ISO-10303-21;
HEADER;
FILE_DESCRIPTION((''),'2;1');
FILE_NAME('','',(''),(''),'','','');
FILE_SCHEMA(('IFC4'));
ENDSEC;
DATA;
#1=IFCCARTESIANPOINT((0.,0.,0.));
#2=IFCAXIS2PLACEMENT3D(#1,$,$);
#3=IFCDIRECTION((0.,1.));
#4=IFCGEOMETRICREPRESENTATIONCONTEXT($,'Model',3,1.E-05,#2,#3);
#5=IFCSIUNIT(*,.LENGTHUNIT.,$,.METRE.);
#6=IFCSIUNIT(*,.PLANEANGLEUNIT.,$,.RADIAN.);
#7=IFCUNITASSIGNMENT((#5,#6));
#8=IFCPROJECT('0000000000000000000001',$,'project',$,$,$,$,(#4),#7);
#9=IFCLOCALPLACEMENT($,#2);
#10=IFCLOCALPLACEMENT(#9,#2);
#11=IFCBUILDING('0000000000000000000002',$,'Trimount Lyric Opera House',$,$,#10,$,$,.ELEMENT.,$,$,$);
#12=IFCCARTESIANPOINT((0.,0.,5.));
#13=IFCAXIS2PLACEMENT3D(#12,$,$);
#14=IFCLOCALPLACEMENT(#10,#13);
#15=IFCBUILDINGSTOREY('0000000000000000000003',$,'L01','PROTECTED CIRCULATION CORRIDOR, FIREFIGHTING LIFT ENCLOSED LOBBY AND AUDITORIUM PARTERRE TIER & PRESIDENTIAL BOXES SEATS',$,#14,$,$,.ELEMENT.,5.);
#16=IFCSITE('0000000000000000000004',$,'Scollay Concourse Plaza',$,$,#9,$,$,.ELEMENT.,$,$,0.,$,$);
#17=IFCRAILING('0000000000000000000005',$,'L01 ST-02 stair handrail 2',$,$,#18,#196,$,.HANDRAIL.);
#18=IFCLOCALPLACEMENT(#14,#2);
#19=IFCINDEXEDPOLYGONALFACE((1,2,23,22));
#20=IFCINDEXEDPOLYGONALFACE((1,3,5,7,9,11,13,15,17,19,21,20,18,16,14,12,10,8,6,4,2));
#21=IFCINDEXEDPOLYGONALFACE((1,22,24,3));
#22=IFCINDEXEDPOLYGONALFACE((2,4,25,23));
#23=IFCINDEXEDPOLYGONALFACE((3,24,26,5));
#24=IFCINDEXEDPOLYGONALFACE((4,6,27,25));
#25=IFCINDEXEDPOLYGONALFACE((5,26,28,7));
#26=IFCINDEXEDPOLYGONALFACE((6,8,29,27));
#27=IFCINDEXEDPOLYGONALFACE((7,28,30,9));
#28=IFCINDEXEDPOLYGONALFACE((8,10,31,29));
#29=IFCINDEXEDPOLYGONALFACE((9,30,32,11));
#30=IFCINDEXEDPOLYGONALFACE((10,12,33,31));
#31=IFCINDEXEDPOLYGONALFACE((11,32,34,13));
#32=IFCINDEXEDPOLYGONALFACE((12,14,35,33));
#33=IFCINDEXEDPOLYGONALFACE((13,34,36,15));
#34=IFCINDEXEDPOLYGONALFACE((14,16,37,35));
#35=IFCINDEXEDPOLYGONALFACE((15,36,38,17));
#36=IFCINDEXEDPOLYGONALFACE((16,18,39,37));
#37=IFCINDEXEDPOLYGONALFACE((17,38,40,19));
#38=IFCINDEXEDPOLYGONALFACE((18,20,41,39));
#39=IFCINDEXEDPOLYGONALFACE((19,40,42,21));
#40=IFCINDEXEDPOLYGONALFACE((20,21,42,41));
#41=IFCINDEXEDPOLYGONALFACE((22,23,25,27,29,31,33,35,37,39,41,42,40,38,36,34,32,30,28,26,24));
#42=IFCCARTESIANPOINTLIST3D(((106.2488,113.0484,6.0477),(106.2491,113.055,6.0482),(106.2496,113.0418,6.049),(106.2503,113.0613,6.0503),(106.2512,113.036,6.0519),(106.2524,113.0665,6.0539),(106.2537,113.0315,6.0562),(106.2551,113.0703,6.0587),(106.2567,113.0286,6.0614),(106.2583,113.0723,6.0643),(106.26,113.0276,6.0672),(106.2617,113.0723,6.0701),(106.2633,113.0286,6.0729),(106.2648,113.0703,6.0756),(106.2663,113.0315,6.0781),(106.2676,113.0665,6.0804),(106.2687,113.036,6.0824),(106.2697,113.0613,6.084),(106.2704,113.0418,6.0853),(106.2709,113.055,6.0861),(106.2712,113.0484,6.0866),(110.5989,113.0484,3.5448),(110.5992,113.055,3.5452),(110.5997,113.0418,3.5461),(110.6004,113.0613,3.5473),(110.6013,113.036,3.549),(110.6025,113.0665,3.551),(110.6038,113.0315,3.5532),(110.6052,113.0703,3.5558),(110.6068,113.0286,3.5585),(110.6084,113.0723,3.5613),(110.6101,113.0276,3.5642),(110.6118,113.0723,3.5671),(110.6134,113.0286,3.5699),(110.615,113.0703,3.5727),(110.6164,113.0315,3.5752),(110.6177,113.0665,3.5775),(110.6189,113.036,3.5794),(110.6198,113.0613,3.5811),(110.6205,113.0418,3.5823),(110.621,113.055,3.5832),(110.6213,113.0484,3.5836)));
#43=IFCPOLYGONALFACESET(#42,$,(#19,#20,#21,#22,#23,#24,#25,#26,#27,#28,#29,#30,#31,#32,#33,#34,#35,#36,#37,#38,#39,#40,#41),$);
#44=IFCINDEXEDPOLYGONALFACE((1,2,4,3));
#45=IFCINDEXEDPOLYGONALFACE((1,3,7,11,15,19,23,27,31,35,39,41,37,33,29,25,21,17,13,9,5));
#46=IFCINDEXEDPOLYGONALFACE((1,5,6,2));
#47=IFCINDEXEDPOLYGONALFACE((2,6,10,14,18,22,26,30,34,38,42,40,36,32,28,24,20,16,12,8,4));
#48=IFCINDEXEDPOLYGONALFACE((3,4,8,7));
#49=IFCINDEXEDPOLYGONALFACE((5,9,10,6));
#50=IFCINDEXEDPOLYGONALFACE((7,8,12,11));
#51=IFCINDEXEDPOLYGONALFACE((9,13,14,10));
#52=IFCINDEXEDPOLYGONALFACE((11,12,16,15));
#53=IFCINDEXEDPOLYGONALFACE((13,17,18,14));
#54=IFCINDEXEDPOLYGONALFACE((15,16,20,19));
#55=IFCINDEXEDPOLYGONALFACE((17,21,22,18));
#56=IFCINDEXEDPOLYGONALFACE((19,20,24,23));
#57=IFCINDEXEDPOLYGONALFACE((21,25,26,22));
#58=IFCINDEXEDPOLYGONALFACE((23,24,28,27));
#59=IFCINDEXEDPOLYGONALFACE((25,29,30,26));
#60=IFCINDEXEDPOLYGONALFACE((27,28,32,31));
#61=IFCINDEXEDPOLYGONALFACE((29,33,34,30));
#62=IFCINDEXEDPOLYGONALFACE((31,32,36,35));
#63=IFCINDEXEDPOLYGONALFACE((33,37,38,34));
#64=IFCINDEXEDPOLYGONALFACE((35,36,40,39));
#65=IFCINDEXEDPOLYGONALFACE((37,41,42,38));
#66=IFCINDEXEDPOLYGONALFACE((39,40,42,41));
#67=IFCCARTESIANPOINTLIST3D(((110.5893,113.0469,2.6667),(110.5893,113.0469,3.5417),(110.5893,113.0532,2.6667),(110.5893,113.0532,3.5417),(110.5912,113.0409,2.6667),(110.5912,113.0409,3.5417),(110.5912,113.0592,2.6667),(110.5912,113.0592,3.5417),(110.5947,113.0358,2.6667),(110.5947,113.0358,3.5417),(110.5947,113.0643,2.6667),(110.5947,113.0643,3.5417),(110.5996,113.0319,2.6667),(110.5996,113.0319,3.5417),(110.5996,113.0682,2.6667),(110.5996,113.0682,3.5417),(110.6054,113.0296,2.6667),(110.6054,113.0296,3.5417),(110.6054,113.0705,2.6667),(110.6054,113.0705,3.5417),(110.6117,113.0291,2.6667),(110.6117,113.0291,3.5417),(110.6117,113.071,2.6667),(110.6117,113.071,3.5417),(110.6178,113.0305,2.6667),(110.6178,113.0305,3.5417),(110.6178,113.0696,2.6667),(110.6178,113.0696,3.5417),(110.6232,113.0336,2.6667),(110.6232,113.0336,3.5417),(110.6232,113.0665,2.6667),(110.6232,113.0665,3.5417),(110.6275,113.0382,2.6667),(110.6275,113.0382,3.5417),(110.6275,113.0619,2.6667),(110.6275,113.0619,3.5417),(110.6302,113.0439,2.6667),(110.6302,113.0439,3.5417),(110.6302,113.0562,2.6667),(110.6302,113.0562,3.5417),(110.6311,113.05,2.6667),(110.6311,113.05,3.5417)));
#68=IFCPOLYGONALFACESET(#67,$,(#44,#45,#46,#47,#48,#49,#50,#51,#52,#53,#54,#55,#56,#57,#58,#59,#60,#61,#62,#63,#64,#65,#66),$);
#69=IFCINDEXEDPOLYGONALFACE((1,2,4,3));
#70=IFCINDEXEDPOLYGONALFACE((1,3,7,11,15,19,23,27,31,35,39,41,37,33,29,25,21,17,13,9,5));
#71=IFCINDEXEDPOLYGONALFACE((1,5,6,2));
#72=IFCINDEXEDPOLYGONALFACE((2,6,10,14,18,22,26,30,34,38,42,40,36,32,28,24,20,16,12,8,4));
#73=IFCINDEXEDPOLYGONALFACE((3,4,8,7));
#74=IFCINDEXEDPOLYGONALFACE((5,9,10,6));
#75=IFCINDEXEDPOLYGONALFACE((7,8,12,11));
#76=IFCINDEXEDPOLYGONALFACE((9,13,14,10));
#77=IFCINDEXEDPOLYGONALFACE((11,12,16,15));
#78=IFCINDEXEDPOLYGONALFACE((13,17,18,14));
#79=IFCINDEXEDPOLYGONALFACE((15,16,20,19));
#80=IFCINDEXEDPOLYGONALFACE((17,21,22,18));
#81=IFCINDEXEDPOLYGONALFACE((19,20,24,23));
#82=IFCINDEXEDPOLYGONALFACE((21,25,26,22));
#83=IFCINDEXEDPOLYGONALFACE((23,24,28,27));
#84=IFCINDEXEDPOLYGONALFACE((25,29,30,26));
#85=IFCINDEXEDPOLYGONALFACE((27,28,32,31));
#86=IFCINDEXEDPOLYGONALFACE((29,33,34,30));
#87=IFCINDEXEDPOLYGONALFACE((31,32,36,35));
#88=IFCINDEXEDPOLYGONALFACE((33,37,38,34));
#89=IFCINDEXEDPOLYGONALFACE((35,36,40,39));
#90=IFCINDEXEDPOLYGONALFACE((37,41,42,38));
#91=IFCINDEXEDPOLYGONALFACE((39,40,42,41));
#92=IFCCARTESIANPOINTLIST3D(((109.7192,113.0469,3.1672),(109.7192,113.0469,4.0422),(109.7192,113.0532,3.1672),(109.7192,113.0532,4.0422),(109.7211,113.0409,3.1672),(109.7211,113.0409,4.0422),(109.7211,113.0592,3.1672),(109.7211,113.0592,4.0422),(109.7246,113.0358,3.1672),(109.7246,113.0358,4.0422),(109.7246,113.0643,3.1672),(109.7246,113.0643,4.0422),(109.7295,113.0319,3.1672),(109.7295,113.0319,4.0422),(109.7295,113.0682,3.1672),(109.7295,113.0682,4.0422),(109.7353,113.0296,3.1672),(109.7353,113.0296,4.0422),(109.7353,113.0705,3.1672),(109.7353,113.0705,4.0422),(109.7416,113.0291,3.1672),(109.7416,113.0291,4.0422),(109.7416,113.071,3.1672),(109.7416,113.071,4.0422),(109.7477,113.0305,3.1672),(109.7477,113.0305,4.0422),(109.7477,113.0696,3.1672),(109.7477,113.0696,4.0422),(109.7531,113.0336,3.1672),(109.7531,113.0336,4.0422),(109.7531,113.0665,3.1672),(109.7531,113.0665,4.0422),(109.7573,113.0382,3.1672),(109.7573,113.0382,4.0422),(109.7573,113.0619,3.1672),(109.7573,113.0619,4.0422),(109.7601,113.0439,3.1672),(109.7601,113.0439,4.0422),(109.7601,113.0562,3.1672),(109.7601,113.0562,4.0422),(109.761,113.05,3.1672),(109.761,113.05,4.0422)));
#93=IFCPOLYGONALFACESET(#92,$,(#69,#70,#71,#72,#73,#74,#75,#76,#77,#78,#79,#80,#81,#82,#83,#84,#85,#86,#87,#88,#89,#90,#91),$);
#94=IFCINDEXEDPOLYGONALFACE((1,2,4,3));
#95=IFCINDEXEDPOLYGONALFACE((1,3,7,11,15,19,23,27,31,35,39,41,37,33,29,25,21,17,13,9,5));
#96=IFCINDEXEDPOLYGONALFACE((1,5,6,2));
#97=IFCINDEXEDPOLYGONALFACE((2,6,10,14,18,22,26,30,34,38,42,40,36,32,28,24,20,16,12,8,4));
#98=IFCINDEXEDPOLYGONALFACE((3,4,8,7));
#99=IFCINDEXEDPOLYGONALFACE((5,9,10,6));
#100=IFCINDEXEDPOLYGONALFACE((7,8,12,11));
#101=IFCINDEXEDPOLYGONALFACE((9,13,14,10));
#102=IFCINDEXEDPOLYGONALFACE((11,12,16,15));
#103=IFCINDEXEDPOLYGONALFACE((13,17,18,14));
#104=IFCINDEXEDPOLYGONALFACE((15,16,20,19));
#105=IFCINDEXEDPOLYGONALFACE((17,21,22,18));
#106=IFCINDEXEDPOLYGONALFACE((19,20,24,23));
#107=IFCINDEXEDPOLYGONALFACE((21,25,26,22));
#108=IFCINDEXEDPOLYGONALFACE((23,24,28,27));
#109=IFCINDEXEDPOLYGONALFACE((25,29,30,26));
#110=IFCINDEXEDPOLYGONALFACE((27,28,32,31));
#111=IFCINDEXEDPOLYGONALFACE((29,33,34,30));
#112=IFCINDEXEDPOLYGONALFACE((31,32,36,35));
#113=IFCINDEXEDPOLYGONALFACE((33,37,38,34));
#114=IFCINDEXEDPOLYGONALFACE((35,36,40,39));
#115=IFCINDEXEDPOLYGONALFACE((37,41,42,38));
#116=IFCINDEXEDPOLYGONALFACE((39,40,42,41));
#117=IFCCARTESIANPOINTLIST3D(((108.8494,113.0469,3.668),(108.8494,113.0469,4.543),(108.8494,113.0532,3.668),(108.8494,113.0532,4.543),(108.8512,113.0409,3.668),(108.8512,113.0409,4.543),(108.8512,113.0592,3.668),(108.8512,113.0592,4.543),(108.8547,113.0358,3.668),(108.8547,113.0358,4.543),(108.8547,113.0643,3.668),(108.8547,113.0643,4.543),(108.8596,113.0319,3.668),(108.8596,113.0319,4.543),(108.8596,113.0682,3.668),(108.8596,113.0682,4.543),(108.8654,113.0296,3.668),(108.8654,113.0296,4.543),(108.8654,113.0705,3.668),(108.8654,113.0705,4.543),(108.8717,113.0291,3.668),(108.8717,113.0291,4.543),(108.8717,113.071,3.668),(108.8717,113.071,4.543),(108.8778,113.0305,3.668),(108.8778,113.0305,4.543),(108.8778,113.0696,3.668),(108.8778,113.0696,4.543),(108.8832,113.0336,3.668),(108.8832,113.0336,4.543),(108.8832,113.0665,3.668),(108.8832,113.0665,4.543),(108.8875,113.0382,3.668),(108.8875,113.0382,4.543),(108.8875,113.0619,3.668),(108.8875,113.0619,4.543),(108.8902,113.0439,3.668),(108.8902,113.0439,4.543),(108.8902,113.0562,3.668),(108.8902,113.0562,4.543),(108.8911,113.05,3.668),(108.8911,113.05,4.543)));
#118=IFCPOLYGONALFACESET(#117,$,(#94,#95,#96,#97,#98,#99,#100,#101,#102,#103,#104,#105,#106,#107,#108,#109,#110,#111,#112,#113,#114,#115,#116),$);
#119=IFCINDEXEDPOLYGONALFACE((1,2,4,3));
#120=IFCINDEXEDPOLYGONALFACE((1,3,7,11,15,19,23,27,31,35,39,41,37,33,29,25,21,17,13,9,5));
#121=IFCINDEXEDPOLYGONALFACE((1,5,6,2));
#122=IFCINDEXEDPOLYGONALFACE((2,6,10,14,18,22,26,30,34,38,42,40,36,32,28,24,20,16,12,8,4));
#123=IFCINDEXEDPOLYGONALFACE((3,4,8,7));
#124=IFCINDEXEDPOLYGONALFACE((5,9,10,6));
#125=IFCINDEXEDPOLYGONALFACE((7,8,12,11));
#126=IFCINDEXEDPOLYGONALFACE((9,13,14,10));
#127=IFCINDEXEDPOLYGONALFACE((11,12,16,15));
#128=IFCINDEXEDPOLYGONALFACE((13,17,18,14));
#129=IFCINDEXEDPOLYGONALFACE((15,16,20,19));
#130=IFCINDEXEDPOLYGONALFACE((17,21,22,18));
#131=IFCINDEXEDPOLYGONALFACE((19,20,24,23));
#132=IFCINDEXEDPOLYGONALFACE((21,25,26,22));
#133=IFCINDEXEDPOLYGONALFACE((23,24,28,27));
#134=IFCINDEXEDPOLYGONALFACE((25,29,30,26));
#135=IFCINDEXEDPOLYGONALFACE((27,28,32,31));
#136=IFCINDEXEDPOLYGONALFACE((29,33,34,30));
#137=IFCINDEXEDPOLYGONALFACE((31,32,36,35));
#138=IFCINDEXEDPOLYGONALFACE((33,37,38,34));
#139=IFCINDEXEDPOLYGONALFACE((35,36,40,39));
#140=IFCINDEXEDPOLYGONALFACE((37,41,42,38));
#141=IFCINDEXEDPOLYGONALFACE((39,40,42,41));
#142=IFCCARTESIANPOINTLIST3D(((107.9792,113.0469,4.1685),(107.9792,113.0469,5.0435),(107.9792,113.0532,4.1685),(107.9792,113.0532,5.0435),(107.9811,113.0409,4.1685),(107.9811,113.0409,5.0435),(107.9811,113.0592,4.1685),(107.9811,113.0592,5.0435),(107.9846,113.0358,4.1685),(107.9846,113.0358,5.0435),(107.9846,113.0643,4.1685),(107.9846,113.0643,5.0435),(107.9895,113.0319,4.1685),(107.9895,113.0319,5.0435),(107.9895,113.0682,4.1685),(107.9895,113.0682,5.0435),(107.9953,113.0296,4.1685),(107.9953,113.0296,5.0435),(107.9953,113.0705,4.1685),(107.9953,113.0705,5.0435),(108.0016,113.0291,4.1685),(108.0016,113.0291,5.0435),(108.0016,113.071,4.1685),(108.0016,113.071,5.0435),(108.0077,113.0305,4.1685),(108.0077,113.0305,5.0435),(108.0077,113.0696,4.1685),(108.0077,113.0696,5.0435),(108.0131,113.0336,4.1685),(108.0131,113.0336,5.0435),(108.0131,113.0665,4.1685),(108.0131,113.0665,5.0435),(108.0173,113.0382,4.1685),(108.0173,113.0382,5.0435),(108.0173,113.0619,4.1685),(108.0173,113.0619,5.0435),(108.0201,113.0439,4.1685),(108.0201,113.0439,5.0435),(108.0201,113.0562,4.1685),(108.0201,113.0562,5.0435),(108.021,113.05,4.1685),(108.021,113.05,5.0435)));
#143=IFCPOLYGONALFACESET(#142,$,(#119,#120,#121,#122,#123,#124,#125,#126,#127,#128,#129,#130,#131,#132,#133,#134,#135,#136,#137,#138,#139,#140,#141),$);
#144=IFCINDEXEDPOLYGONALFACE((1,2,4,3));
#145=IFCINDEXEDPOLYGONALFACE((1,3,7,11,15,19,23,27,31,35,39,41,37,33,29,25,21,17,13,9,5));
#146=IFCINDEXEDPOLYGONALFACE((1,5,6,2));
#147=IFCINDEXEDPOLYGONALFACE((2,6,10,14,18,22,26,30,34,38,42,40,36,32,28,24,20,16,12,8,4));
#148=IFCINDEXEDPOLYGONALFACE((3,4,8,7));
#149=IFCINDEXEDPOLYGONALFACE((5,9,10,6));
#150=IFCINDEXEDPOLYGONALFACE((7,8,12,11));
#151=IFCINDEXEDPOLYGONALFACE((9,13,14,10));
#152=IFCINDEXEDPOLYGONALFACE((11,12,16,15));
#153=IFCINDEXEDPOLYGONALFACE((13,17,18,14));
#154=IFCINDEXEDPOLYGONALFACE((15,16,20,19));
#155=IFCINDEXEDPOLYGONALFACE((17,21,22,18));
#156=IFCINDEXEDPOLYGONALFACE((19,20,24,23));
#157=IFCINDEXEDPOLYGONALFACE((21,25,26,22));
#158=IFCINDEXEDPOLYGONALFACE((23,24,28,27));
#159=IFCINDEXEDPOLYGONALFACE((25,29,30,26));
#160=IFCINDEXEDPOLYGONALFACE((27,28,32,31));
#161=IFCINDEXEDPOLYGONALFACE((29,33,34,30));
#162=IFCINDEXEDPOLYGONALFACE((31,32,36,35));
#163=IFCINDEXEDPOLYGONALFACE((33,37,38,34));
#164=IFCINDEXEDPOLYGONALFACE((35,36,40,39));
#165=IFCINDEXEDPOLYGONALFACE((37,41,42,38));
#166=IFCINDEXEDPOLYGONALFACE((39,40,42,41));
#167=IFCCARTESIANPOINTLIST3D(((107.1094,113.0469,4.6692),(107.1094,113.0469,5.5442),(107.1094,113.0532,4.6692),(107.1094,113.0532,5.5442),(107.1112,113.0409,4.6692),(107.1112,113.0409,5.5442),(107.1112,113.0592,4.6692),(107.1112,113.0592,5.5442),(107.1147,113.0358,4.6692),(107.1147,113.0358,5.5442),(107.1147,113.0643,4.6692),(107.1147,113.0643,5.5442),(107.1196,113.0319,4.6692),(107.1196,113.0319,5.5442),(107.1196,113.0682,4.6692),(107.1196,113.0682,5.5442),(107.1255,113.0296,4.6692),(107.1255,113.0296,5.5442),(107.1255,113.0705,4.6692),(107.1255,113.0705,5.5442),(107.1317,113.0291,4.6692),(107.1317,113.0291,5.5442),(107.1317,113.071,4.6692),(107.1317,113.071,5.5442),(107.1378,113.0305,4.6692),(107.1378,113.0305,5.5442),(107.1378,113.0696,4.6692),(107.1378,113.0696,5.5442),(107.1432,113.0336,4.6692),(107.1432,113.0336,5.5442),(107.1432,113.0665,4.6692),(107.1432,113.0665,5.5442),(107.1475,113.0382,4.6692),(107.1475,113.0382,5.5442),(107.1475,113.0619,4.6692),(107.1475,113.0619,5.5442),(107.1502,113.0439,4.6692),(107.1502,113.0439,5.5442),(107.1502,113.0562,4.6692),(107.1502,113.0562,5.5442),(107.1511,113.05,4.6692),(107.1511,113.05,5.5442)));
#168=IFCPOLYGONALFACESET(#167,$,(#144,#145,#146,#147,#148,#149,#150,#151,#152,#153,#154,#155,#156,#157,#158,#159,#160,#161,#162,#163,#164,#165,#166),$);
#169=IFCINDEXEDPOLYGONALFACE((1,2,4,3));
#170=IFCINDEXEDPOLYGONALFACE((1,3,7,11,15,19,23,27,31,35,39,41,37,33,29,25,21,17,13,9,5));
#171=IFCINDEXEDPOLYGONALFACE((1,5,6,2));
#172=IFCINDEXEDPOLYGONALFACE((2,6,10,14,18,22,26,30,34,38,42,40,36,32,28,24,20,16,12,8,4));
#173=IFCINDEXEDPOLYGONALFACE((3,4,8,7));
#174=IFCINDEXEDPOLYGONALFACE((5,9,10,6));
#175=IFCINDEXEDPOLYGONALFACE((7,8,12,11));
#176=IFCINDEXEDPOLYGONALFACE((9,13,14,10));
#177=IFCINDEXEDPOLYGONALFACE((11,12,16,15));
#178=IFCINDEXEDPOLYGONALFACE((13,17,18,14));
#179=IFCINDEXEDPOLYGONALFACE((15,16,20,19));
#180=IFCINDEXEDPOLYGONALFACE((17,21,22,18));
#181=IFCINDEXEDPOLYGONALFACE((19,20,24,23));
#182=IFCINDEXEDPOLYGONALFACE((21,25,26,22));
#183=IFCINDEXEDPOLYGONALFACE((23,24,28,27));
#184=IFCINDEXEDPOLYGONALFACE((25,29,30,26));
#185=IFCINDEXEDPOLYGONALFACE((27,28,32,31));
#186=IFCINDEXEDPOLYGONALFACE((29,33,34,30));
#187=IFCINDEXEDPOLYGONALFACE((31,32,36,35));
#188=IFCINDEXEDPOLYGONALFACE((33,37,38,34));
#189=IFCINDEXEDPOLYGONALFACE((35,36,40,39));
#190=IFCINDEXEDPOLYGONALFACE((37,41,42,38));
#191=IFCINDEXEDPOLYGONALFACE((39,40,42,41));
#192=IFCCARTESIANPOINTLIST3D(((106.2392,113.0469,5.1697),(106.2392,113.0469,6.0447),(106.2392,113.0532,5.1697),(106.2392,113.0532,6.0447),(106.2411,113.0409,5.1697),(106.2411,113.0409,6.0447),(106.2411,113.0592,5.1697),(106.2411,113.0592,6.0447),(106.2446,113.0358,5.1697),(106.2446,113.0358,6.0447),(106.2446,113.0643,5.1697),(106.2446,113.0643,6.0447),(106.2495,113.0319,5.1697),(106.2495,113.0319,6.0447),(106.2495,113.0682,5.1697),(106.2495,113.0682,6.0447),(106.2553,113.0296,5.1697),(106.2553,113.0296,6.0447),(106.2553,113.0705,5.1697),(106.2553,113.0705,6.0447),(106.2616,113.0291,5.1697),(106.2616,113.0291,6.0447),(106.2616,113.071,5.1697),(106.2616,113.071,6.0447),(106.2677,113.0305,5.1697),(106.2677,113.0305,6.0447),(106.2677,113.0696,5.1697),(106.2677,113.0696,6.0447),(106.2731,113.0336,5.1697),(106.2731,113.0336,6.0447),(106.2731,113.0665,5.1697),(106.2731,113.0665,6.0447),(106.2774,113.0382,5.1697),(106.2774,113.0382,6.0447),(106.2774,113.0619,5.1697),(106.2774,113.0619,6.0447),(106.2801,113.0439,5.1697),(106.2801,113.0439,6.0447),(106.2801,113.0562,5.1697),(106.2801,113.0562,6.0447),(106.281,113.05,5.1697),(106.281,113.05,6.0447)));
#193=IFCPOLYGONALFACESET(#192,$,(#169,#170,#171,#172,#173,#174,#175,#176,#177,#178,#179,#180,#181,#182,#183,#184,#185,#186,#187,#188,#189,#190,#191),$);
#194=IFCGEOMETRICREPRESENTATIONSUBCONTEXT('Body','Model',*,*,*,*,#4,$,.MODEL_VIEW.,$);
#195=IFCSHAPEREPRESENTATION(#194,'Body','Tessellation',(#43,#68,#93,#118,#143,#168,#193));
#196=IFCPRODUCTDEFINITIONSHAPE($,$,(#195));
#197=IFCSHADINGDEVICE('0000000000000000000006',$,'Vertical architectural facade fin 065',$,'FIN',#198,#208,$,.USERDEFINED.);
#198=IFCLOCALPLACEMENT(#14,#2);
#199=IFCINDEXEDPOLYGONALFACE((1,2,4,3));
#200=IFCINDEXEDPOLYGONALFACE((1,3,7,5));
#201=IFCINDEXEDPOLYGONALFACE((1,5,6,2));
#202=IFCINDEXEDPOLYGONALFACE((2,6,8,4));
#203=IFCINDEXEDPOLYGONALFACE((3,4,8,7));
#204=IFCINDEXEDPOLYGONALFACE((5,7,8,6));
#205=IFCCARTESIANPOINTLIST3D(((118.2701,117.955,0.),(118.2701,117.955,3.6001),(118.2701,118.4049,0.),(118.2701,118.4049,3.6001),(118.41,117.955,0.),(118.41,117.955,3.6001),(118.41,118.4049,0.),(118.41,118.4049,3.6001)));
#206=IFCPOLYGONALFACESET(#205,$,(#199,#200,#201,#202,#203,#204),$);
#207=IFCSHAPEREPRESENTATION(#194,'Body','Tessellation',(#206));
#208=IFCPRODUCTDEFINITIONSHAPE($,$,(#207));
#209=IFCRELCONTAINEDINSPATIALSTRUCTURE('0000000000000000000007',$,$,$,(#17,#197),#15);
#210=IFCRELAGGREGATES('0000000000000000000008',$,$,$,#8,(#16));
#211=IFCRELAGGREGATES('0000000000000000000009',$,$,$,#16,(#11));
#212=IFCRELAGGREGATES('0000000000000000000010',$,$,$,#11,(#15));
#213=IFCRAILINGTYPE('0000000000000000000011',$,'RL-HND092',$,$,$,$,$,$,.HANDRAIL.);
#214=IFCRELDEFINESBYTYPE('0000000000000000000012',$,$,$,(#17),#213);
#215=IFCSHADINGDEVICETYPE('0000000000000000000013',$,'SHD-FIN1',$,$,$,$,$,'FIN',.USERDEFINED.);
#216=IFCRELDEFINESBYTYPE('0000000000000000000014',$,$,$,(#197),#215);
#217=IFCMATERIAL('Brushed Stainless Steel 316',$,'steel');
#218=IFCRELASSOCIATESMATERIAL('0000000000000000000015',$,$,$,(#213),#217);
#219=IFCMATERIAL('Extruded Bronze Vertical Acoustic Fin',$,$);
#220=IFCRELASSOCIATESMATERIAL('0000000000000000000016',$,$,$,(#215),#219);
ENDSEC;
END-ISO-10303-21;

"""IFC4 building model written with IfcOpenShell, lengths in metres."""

from ifc_helpers import new_model, si_unit, direction, frame, origin, origin_2d, place, context, subcontext, project, spatial, rectangle, circle, extrude, material, type_object, element, save


model = new_model("IFC4")

# Units and contexts
model_context = context("Model", 3, precision=1e-05, world=origin(), true_north=direction((0.0, 1.0)))
body_context = subcontext(model_context, "Body", "Model", "MODEL_VIEW")
ifc_project = project(units=[si_unit("LENGTHUNIT", "METRE"), si_unit("PLANEANGLEUNIT", "RADIAN")], contexts=[model_context])

# Site, building, storey
site_placement = place(None, origin())
site = spatial("IfcSite", under=ifc_project, at=site_placement, Name="Scollay Concourse Plaza", CompositionType="ELEMENT", RefElevation=0.0)
building_placement = place(site_placement, origin())
building = spatial("IfcBuilding", under=site, at=building_placement, Name="Trimount Lyric Opera House", CompositionType="ELEMENT")
storey_placement = place(building_placement, frame((0.0, 0.0, 5.0)))
storey = spatial("IfcBuildingStorey", under=building, at=storey_placement, Name="L01", Description="PROTECTED CIRCULATION CORRIDOR, FIREFIGHTING LIFT ENCLOSED LOBBY AND AUDITORIUM PARTERRE TIER & PRESIDENTIAL BOXES SEATS", CompositionType="ELEMENT", Elevation=5.0)

# Railing
ifc_material_1 = material(Name="Brushed Stainless Steel 316", Category="steel")
railing_type_1 = type_object("IfcRailingType", Name="RL-HND092", PredefinedType="HANDRAIL", material=ifc_material_1)
railing_1_placement = place(storey_placement, frame((110.6101, 113.05, 2.6667)))
element("IfcRailing", 1, at=railing_1_placement, inside=storey, type_object=railing_type_1, Name="L01 ST-02 stair handrail 2", PredefinedType="HANDRAIL", context=body_context, shape_type="SweptSolid", body=[
    extrude(circle(Radius=0.0225, at=origin_2d()), frame((0.0, 0.0, 0.8975), z_axis=(-0.866766, 0.0, 0.498714), x_axis=(0.0, -1.0, 0.0)), (0.0, 0.0, 1.0), 5.0188),
    extrude(circle(Radius=0.021, at=origin_2d()), origin(), (0.0, 0.0, 1.0), 0.875),
    extrude(circle(Radius=0.021, at=origin_2d()), frame((-0.8701, 0.0, 0.5005)), (0.0, 0.0, 1.0), 0.875),
    extrude(circle(Radius=0.021, at=origin_2d()), frame((-1.74, 0.0, 1.0012)), (0.0, 0.0, 1.0), 0.875),
    extrude(circle(Radius=0.021, at=origin_2d()), frame((-2.6101, 0.0, 1.5017)), (0.0, 0.0, 1.0), 0.875),
    extrude(circle(Radius=0.021, at=origin_2d()), frame((-3.48, 0.0, 2.0024)), (0.0, 0.0, 1.0), 0.875),
    extrude(circle(Radius=0.021, at=origin_2d()), frame((-4.3501, 0.0, 2.5029)), (0.0, 0.0, 1.0), 0.875),
])

# Shading device
ifc_material_2 = material(Name="Extruded Bronze Vertical Acoustic Fin")
shading_device_type = type_object("IfcShadingDeviceType", Name="SHD-FIN1", ElementType="FIN", PredefinedType="USERDEFINED", material=ifc_material_2)
shading_device_placement = place(storey_placement, frame((118.3401, 118.1799, 0.0), z_axis=(0.0, 0.0, 1.0), x_axis=(1.0, 0.0, 0.0)))
element("IfcShadingDevice", 2, at=shading_device_placement, inside=storey, type_object=shading_device_type, Name="Vertical architectural facade fin 065", ObjectType="FIN", PredefinedType="USERDEFINED", context=body_context, shape_type="SweptSolid", body=[
    extrude(rectangle(XDim=0.1399, YDim=0.45, at=origin_2d()), origin(), (0.0, 0.0, 1.0), 3.6001),
])

save(model, "model.ifc")
